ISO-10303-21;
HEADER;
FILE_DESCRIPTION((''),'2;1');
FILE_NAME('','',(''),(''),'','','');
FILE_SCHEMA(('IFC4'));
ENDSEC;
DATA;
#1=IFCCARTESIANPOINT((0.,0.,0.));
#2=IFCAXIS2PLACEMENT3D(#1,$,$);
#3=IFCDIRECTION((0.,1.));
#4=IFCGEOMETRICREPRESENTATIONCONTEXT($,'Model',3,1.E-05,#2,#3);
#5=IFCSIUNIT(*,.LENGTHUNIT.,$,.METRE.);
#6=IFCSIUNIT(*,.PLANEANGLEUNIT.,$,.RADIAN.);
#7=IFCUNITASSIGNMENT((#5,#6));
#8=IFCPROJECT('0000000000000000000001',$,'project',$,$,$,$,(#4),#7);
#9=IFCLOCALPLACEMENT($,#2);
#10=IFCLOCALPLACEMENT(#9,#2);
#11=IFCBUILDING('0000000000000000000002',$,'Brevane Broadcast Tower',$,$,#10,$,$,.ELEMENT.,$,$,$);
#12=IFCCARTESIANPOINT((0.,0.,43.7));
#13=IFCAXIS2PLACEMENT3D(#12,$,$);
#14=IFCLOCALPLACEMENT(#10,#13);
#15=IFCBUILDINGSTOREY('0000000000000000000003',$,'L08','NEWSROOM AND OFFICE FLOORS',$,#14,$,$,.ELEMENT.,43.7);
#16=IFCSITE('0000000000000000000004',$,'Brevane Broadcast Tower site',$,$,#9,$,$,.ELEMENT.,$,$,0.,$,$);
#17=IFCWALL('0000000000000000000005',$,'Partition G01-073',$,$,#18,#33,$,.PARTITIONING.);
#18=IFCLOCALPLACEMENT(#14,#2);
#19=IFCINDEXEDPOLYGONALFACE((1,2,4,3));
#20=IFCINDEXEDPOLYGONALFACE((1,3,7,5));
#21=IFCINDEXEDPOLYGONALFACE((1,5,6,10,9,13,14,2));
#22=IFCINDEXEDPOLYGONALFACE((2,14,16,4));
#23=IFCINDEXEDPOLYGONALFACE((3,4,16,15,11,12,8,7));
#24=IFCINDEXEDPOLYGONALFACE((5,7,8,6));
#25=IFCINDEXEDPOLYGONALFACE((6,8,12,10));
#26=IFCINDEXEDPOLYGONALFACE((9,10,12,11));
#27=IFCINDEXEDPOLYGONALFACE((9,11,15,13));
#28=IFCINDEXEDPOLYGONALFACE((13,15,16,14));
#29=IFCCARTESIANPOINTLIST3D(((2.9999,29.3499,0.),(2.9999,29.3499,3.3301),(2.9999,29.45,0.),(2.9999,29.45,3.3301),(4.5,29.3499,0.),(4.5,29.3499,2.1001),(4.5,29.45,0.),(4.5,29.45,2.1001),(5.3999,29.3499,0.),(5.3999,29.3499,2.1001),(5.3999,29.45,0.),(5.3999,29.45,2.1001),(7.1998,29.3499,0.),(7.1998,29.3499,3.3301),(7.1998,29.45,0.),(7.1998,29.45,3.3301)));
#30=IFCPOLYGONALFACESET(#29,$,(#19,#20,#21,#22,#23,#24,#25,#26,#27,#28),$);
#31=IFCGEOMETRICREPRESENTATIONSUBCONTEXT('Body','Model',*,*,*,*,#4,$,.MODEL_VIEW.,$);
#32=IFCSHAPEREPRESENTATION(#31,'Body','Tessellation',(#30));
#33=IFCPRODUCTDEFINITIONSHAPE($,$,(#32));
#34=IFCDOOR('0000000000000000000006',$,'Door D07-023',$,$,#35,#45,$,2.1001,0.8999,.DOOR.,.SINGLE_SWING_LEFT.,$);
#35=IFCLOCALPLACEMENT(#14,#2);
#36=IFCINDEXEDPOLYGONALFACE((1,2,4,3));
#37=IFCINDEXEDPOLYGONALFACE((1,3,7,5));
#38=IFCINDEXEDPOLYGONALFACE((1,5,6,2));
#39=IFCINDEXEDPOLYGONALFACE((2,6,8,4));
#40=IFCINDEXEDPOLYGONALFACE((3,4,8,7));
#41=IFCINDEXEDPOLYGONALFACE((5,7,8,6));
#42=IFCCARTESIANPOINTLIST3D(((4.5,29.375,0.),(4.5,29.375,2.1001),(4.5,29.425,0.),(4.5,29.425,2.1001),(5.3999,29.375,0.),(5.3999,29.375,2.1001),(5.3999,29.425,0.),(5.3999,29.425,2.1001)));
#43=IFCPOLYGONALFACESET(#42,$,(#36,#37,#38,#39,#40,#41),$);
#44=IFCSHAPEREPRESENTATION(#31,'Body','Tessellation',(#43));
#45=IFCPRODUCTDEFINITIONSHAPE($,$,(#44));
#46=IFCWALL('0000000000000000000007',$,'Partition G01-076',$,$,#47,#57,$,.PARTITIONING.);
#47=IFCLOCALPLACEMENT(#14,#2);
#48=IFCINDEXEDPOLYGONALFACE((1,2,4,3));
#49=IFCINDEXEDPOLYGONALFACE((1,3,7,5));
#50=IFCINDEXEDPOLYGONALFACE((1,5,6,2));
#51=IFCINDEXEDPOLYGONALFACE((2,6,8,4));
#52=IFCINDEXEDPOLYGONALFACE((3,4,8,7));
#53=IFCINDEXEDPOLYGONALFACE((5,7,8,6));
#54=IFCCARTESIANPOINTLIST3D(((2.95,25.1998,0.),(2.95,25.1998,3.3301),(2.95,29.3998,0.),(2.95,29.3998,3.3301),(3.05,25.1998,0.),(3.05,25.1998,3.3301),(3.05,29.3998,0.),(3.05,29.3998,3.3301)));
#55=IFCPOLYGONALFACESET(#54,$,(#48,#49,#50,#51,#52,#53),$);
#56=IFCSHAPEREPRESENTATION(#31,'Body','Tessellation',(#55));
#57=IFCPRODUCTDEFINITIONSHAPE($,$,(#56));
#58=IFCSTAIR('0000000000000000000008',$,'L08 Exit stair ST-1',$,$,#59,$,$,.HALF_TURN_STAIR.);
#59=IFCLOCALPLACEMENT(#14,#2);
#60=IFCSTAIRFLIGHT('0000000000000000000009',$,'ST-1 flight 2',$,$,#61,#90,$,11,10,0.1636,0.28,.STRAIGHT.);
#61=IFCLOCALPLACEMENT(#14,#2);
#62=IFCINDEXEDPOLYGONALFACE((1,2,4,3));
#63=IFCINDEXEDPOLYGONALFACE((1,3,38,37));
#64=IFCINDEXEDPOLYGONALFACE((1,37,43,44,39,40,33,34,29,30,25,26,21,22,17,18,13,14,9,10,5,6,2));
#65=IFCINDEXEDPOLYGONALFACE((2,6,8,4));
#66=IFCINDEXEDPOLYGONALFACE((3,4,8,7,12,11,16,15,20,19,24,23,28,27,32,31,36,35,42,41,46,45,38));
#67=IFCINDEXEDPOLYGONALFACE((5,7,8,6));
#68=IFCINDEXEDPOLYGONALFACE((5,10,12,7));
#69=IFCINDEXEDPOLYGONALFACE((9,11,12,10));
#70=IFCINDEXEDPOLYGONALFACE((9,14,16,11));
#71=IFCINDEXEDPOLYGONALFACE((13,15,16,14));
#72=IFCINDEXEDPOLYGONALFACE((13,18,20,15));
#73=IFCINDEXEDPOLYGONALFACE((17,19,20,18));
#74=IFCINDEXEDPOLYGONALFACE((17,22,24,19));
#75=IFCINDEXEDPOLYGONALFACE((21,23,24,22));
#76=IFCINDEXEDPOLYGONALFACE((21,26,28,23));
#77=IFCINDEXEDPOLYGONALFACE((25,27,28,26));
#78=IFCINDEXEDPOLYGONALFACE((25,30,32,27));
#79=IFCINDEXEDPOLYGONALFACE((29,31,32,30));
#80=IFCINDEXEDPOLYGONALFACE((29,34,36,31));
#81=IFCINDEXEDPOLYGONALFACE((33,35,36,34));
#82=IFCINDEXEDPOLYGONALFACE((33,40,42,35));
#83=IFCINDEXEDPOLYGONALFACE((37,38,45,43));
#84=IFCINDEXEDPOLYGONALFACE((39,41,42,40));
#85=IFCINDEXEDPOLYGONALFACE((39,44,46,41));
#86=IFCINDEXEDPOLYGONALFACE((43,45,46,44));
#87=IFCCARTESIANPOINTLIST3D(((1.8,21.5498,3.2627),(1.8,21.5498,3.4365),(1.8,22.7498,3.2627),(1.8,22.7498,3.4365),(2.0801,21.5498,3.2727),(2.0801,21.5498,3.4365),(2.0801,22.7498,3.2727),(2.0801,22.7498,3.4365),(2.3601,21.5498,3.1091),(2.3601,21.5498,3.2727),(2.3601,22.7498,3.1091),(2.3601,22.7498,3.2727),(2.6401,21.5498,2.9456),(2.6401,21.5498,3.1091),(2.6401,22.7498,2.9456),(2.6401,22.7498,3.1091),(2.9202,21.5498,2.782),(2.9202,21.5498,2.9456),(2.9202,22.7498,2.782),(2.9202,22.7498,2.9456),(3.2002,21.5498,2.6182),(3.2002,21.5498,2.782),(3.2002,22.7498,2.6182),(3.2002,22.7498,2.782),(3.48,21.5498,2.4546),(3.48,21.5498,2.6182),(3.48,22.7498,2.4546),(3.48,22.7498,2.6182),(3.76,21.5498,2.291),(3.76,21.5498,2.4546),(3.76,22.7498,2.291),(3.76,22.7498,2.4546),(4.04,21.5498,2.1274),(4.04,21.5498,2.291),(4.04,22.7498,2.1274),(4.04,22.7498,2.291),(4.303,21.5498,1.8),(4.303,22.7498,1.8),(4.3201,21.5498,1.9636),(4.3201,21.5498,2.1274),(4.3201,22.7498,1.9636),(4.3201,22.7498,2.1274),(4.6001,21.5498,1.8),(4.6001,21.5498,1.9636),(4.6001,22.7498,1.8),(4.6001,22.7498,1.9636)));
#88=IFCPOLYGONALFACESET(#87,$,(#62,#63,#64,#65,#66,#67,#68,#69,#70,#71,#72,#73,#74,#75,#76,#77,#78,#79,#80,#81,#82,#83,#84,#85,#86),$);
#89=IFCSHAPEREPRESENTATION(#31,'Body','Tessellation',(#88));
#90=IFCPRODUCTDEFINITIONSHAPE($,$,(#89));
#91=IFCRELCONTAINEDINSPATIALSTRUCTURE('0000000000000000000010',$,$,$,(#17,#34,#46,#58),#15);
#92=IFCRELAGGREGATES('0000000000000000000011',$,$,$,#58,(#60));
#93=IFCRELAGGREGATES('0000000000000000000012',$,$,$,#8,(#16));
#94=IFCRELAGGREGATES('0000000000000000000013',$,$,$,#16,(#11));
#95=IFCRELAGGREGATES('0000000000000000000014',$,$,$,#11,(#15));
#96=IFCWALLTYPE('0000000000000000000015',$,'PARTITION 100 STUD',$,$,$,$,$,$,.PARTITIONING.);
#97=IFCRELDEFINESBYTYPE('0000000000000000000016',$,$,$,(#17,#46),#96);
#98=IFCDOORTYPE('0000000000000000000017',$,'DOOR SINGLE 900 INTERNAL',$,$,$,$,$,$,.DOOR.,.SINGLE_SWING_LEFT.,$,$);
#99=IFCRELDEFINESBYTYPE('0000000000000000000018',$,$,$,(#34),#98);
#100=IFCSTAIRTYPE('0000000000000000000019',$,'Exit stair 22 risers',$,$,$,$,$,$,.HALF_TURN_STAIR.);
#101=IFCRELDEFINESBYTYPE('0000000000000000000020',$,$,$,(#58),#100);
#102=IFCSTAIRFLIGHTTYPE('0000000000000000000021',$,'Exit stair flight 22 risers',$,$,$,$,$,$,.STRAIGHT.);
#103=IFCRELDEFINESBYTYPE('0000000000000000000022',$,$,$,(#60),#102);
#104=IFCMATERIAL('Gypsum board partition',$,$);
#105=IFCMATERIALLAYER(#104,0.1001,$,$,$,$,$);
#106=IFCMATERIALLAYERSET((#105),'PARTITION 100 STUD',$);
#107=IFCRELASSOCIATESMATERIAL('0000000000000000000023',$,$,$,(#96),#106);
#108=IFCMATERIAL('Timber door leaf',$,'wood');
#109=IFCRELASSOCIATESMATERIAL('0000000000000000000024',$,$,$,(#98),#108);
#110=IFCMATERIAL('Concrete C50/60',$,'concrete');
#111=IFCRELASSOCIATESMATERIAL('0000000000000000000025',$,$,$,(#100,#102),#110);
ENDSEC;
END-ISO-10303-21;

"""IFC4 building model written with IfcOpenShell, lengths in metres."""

from ifc_helpers import new_model, si_unit, direction, frame, frame_2d, origin, place, context, subcontext, project, spatial, polyline, rectangle, outline, extrude, material, layer, layer_set, type_object, element, fill, aggregate, save


model = new_model("IFC4")

# Units and contexts
model_context = context("Model", 3, precision=1e-05, world=origin(), true_north=direction((0.0, 1.0)))
body_context = subcontext(model_context, "Body", "Model", "MODEL_VIEW")
ifc_project = project(units=[si_unit("LENGTHUNIT", "METRE"), si_unit("PLANEANGLEUNIT", "RADIAN")], contexts=[model_context])

# Site, building, storey
site_placement = place(None, origin())
site = spatial("IfcSite", under=ifc_project, at=site_placement, Name="Brevane Broadcast Tower site", CompositionType="ELEMENT", RefElevation=0.0)
building_placement = place(site_placement, origin())
building = spatial("IfcBuilding", under=site, at=building_placement, Name="Brevane Broadcast Tower", CompositionType="ELEMENT")
storey_placement = place(building_placement, frame((0.0, 0.0, 43.7)))
storey = spatial("IfcBuildingStorey", under=building, at=storey_placement, Name="L08", Description="NEWSROOM AND OFFICE FLOORS", CompositionType="ELEMENT", Elevation=43.7)

# Wall, opening, door
ifc_material_1 = material(Name="Gypsum board partition")
ifc_layer_1 = layer(ifc_material_1, 0.1001)
ifc_layer_set_1 = layer_set([ifc_layer_1], Name="PARTITION 100 STUD")
wall_type_1 = type_object("IfcWallType", Name="PARTITION 100 STUD", PredefinedType="PARTITIONING", material=ifc_layer_set_1)
ifc_material_2 = material(Name="Timber door leaf", Category="wood")
door_type_1 = type_object("IfcDoorType", Name="DOOR SINGLE 900 INTERNAL", OperationType="SINGLE_SWING_LEFT", PredefinedType="DOOR", material=ifc_material_2)
wall_1_placement = place(storey_placement, frame((7.2, 29.3999, 0.0), z_axis=(0.0, 0.0, 1.0), x_axis=(-1.0, 0.0, 0.0)))
wall_1 = element("IfcWall", 1, at=wall_1_placement, inside=storey, type_object=wall_type_1, Name="Partition G01-073", PredefinedType="PARTITIONING", context=body_context, shape_type="SweptSolid", body=[
    extrude(rectangle(XDim=4.2, YDim=0.1001, at=frame_2d((2.1001, 0.0))), origin(), (0.0, 0.0, 1.0), 3.3301),
])
opening_1_placement = place(wall_1_placement, frame((1.8, 0.0, 0.0)))
opening_1 = element("IfcOpeningElement", 2, at=opening_1_placement, cuts=wall_1, PredefinedType="OPENING", context=body_context, shape_type="SweptSolid", body=[
    extrude(rectangle(XDim=0.8999, YDim=2.1001, at=frame_2d((0.45, 1.05))), frame((0.0, 0.0601, 0.0), z_axis=(0.0, -1.0, 0.0), x_axis=(1.0, 0.0, 0.0)), (0.0, 0.0, 1.0), 0.1201),
])
door_1_placement = place(opening_1_placement, origin())
door_1 = element("IfcDoor", 3, at=door_1_placement, inside=storey, type_object=door_type_1, Name="Door D07-023", OperationType="SINGLE_SWING_LEFT", OverallHeight=2.1001, OverallWidth=0.8999, PredefinedType="DOOR", context=body_context, shape_type="SweptSolid", body=[
    extrude(rectangle(XDim=0.8999, YDim=2.1001, at=frame_2d((0.45, 1.05))), frame((0.0, 0.0249, 0.0), z_axis=(0.0, -1.0, 0.0), x_axis=(1.0, 0.0, 0.0)), (0.0, 0.0, 1.0), 0.05),
])
fill(opening_1, door_1)

# Wall
wall_2_placement = place(storey_placement, frame((3.0, 29.3999, 0.0), z_axis=(0.0, 0.0, 1.0), x_axis=(0.0, -1.0, 0.0)))
element("IfcWall", 4, at=wall_2_placement, inside=storey, type_object=wall_type_1, Name="Partition G01-076", PredefinedType="PARTITIONING", context=body_context, shape_type="SweptSolid", body=[
    extrude(rectangle(XDim=4.2, YDim=0.1001, at=frame_2d((2.1001, 0.0))), origin(), (0.0, 0.0, 1.0), 3.3301),
])

# Stair, stair flight
ifc_material_3 = material(Name="Concrete C50/60", Category="concrete")
stair_type = type_object("IfcStairType", Name="Exit stair 22 risers", PredefinedType="HALF_TURN_STAIR", material=ifc_material_3)
stair_placement = place(storey_placement, origin())
stair = element("IfcStair", 5, at=stair_placement, inside=storey, type_object=stair_type, Name="L08 Exit stair ST-1", PredefinedType="HALF_TURN_STAIR")
stair_flight_type = type_object("IfcStairFlightType", Name="Exit stair flight 22 risers", PredefinedType="STRAIGHT", material=ifc_material_3)
stair_flight_placement = place(storey_placement, frame((4.6001, 22.1499, 1.8), z_axis=(0.0, 0.0, 1.0), x_axis=(-1.0, 0.0, 0.0)))
stair_flight = element("IfcStairFlight", 6, at=stair_flight_placement, type_object=stair_flight_type, Name="ST-1 flight 2", NumberOfRisers=11, NumberOfTreads=10, PredefinedType="STRAIGHT", RiserHeight=0.1636, TreadLength=0.28, context=body_context, shape_type="SweptSolid", body=[
    extrude(outline(polyline([(0.0, 0.0), (0.0, 0.1636), (0.28, 0.1636), (0.28, 0.3274), (0.5601, 0.3274), (0.5601, 0.491), (0.8401, 0.491), (0.8401, 0.6545), (1.1201, 0.6545), (1.1201, 0.8181), (1.3999, 0.8181), (1.3999, 0.9819), (1.6799, 0.9819), (1.6799, 1.1455), (1.96, 1.1455), (1.96, 1.3091), (2.24, 1.3091), (2.24, 1.4727), (2.52, 1.4727), (2.52, 1.6365), (2.8, 1.6365), (2.8, 1.8), (2.8, 1.4626), (0.2971, 0.0), (0.0, 0.0)])), frame((0.0, 0.6001, 0.0), z_axis=(0.0, -1.0, 0.0), x_axis=(1.0, 0.0, 0.0)), (0.0, 0.0, 1.0), 1.2),
])
aggregate(stair, [stair_flight])

save(model, "model.ifc")
